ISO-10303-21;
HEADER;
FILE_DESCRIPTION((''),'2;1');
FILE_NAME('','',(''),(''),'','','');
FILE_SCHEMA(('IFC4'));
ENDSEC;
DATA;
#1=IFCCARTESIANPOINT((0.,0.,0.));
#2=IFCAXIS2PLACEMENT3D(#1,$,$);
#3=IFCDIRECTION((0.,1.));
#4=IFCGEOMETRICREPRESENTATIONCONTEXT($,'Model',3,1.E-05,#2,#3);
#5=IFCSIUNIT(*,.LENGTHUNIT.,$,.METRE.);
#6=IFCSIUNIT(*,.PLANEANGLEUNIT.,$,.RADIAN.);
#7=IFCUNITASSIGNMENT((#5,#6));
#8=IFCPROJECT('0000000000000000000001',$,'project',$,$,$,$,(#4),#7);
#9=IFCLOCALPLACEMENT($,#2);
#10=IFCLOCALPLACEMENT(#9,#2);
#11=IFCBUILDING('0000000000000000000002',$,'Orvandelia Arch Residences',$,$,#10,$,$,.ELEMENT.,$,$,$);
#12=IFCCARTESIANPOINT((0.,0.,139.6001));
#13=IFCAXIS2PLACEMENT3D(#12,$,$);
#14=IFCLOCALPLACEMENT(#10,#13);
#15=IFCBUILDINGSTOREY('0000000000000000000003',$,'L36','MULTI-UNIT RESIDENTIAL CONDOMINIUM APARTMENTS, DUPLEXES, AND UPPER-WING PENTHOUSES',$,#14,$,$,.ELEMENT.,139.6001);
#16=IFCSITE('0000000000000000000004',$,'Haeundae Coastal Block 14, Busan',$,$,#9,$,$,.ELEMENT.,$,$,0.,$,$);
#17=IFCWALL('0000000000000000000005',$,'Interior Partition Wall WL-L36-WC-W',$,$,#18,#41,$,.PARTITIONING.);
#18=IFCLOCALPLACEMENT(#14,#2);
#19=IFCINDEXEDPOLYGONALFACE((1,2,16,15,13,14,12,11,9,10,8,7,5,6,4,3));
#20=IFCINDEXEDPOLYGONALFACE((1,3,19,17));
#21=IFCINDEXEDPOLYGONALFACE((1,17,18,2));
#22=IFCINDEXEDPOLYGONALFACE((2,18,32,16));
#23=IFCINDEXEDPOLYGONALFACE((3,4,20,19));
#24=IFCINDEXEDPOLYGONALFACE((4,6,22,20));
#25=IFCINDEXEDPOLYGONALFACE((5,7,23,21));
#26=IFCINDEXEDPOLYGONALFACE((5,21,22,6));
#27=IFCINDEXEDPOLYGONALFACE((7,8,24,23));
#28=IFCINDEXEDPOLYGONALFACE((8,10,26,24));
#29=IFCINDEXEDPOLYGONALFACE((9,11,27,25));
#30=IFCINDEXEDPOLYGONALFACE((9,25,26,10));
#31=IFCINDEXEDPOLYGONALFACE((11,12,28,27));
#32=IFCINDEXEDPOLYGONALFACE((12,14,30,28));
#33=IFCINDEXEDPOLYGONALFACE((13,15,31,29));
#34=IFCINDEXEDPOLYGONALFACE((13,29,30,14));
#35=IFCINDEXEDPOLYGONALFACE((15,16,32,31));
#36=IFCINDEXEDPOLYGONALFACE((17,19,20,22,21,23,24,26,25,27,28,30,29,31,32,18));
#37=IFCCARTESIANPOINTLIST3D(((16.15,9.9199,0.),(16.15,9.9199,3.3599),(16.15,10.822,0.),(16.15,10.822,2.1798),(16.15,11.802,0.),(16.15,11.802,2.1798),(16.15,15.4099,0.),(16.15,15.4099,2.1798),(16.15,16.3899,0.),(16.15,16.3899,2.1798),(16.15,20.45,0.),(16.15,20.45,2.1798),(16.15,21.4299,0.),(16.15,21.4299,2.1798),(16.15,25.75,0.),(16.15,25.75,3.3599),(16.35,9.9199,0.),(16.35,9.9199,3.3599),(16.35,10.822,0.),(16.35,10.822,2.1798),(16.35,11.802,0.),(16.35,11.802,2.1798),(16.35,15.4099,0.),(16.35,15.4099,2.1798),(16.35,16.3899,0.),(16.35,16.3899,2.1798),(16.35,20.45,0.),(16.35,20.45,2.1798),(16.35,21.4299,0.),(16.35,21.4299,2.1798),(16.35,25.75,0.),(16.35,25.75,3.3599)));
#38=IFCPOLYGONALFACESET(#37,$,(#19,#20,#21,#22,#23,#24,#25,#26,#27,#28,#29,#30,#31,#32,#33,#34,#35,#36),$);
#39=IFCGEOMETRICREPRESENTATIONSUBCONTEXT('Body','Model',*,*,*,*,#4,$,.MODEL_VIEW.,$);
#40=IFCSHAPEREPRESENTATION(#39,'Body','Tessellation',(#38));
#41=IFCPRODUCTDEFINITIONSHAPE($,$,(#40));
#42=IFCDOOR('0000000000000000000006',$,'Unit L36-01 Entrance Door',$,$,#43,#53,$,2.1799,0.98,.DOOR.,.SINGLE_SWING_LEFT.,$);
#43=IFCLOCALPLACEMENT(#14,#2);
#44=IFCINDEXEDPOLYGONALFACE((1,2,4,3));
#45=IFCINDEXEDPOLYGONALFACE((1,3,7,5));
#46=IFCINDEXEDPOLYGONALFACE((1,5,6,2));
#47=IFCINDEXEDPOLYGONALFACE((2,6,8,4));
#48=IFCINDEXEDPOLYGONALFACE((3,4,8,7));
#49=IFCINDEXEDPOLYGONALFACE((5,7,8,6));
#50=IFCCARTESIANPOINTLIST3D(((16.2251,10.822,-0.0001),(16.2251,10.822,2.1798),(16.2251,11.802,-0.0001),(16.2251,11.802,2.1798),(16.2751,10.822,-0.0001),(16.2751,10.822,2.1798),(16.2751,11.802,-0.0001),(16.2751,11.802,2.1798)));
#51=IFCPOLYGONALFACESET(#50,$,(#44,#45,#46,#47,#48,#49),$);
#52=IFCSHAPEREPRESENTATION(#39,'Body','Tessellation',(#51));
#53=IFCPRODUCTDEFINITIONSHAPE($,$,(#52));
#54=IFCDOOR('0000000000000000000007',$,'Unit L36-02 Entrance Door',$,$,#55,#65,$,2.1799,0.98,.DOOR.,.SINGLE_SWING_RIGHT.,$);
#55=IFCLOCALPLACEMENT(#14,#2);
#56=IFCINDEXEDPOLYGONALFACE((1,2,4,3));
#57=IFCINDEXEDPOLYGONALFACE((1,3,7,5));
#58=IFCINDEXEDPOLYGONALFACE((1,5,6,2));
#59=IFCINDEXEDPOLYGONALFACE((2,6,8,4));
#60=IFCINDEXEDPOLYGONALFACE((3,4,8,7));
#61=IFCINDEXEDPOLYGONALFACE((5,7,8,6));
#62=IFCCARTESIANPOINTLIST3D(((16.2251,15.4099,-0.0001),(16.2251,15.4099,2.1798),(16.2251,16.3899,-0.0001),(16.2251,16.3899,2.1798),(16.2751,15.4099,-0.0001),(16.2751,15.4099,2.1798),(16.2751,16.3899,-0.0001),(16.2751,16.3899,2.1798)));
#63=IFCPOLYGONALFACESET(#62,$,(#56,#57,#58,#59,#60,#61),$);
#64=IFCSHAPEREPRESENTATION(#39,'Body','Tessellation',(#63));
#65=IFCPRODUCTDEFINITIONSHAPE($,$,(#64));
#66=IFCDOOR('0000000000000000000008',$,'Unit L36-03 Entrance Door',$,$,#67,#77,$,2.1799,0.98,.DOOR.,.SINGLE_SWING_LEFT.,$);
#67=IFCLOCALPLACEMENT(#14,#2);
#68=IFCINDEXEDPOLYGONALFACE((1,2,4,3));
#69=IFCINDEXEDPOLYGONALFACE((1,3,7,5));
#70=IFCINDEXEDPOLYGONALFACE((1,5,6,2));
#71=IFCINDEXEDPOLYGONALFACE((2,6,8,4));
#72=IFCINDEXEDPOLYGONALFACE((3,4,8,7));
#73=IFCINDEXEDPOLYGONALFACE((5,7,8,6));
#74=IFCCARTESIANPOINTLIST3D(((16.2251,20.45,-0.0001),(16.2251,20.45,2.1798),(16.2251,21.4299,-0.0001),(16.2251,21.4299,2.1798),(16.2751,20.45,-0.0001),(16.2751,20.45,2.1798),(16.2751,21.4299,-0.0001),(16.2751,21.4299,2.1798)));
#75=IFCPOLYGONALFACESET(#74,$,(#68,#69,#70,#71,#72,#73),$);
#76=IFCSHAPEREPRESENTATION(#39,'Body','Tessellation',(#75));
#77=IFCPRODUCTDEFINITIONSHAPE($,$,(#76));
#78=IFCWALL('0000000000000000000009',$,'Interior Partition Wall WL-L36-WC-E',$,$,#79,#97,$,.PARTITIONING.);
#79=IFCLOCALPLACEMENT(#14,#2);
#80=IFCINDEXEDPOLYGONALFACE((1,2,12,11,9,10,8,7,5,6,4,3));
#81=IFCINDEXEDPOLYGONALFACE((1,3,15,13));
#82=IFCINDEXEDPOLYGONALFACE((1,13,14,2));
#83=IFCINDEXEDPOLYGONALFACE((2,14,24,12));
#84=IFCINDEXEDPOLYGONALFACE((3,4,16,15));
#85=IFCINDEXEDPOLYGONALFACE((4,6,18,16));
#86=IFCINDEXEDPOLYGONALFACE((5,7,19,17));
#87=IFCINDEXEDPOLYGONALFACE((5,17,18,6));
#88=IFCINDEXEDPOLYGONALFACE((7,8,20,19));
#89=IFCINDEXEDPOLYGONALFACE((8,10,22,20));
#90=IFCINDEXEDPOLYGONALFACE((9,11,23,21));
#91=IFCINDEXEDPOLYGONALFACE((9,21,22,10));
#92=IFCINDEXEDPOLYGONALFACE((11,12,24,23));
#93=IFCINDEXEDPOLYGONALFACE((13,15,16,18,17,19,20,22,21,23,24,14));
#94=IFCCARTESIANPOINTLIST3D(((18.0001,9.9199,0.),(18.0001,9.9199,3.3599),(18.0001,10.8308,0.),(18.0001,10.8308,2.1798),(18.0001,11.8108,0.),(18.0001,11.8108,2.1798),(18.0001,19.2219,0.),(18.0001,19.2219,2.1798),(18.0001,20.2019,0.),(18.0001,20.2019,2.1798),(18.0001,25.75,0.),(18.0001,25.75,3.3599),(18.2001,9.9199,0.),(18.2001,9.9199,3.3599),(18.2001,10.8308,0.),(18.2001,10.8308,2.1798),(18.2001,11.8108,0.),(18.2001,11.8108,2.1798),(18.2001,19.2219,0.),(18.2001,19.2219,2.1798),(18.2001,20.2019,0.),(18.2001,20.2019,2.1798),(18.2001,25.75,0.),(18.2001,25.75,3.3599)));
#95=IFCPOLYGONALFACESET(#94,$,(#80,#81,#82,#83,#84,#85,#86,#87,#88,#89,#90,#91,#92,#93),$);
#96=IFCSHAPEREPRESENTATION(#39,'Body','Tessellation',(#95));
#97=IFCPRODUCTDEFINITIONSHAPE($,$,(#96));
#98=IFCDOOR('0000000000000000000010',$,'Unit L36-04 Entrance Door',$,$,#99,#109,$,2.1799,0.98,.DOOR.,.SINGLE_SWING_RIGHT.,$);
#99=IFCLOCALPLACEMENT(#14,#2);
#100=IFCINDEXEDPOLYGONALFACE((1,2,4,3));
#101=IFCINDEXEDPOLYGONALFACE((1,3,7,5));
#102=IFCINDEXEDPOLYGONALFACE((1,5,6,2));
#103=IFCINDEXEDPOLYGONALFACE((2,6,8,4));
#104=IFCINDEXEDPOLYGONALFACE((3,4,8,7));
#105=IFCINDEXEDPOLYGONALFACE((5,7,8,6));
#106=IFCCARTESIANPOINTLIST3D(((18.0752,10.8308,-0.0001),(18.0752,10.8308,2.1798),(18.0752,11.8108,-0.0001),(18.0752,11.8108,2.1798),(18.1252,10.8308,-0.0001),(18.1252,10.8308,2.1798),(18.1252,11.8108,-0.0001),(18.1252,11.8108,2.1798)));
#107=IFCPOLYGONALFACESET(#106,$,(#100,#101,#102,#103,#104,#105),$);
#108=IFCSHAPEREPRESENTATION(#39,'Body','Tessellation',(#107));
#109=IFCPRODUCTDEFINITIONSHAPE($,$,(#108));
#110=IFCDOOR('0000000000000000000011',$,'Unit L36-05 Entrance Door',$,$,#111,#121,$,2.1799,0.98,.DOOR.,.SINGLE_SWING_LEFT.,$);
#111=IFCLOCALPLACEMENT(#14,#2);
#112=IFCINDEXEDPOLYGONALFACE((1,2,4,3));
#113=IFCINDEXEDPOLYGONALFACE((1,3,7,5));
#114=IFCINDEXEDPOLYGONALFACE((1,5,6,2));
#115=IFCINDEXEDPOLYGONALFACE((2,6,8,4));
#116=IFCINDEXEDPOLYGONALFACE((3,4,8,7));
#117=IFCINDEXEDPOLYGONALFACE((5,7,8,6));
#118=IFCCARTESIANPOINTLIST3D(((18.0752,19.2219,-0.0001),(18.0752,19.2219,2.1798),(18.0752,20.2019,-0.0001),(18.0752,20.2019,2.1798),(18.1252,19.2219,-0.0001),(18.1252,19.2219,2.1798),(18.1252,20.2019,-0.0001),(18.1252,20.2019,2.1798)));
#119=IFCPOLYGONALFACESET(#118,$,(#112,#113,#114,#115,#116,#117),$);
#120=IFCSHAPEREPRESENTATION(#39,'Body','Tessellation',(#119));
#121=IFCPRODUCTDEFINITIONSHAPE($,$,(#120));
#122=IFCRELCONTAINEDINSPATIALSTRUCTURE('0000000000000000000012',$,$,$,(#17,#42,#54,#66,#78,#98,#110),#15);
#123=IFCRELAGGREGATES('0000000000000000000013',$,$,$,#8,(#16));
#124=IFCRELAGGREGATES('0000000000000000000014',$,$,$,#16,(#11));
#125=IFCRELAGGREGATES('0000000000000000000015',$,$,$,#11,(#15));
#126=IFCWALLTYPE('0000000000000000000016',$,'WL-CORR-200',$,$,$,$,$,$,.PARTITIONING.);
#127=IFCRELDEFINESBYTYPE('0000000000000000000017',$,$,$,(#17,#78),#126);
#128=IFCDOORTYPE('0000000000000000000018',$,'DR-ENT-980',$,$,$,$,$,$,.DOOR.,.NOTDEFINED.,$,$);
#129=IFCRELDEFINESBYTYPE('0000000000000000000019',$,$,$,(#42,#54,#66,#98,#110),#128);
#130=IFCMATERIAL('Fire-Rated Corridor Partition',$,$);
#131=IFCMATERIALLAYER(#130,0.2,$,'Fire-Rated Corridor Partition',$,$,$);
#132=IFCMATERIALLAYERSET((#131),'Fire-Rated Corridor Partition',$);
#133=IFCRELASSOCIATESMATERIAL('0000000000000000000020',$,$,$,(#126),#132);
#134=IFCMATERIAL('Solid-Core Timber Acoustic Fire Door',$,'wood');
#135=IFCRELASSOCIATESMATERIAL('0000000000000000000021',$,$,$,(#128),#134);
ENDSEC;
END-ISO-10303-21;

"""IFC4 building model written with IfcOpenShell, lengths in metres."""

from ifc_helpers import new_model, si_unit, direction, frame, frame_2d, origin, place, context, subcontext, project, spatial, rectangle, extrude, material, layer, layer_set, type_object, element, fill, save


model = new_model("IFC4")

# Units and contexts
model_context = context("Model", 3, precision=1e-05, world=origin(), true_north=direction((0.0, 1.0)))
body_context = subcontext(model_context, "Body", "Model", "MODEL_VIEW")
ifc_project = project(units=[si_unit("LENGTHUNIT", "METRE"), si_unit("PLANEANGLEUNIT", "RADIAN")], contexts=[model_context])

# Site, building, storey
site_placement = place(None, origin())
site = spatial("IfcSite", under=ifc_project, at=site_placement, Name="Haeundae Coastal Block 14, Busan", CompositionType="ELEMENT", RefElevation=0.0)
building_placement = place(site_placement, origin())
building = spatial("IfcBuilding", under=site, at=building_placement, Name="Orvandelia Arch Residences", CompositionType="ELEMENT")
storey_placement = place(building_placement, frame((0.0, 0.0, 139.6001)))
storey = spatial("IfcBuildingStorey", under=building, at=storey_placement, Name="L36", Description="MULTI-UNIT RESIDENTIAL CONDOMINIUM APARTMENTS, DUPLEXES, AND UPPER-WING PENTHOUSES", CompositionType="ELEMENT", Elevation=139.6001)

# Walls, openings, doors
ifc_material_1 = material(Name="Fire-Rated Corridor Partition")
ifc_layer_1 = layer(ifc_material_1, 0.2, Name="Fire-Rated Corridor Partition")
ifc_layer_set_1 = layer_set([ifc_layer_1], Name="Fire-Rated Corridor Partition")
wall_type_1 = type_object("IfcWallType", Name="WL-CORR-200", PredefinedType="PARTITIONING", material=ifc_layer_set_1)
wall_1_placement = place(storey_placement, frame((16.25, 9.9199, 0.0), z_axis=(0.0, 0.0, 1.0), x_axis=(0.0, 1.0, 0.0)))
wall_1 = element("IfcWall", 1, at=wall_1_placement, inside=storey, type_object=wall_type_1, Name="Interior Partition Wall WL-L36-WC-W", PredefinedType="PARTITIONING", context=body_context, shape_type="SweptSolid", body=[
    extrude(rectangle(XDim=15.8301, YDim=0.2, at=frame_2d((7.915, 0.0))), origin(), (0.0, 0.0, 1.0), 3.3599),
])
opening_1_placement = place(wall_1_placement, frame((0.9021, 0.0, 0.0)))
opening_1 = element("IfcOpeningElement", 2, at=opening_1_placement, cuts=wall_1, PredefinedType="OPENING", context=body_context, shape_type="SweptSolid", body=[
    extrude(rectangle(XDim=0.98, YDim=2.1799, at=frame_2d((0.49, 1.0898))), frame((0.0, 0.1099, 0.0), z_axis=(0.0, -1.0, 0.0), x_axis=(1.0, 0.0, 0.0)), (0.0, 0.0, 1.0), 0.22),
])
opening_2_placement = place(wall_1_placement, frame((5.49, 0.0, 0.0)))
opening_2 = element("IfcOpeningElement", 3, at=opening_2_placement, cuts=wall_1, PredefinedType="OPENING", context=body_context, shape_type="SweptSolid", body=[
    extrude(rectangle(XDim=0.98, YDim=2.1799, at=frame_2d((0.49, 1.0898))), frame((0.0, 0.1099, 0.0), z_axis=(0.0, -1.0, 0.0), x_axis=(1.0, 0.0, 0.0)), (0.0, 0.0, 1.0), 0.22),
])
opening_3_placement = place(wall_1_placement, frame((10.53, 0.0, 0.0)))
opening_3 = element("IfcOpeningElement", 4, at=opening_3_placement, cuts=wall_1, PredefinedType="OPENING", context=body_context, shape_type="SweptSolid", body=[
    extrude(rectangle(XDim=0.98, YDim=2.1799, at=frame_2d((0.49, 1.0898))), frame((0.0, 0.1099, 0.0), z_axis=(0.0, -1.0, 0.0), x_axis=(1.0, 0.0, 0.0)), (0.0, 0.0, 1.0), 0.22),
])
ifc_material_2 = material(Name="Solid-Core Timber Acoustic Fire Door", Category="wood")
door_type_1 = type_object("IfcDoorType", Name="DR-ENT-980", OperationType="NOTDEFINED", PredefinedType="DOOR", material=ifc_material_2)
door_1_placement = place(opening_1_placement, origin())
door_1 = element("IfcDoor", 5, at=door_1_placement, inside=storey, type_object=door_type_1, Name="Unit L36-01 Entrance Door", OperationType="SINGLE_SWING_LEFT", OverallHeight=2.1799, OverallWidth=0.98, PredefinedType="DOOR", context=body_context, shape_type="SweptSolid", body=[
    extrude(rectangle(XDim=0.98, YDim=2.1799, at=frame_2d((0.49, 1.0898))), frame((0.0, 0.0249, 0.0), z_axis=(0.0, -1.0, 0.0), x_axis=(1.0, 0.0, 0.0)), (0.0, 0.0, 1.0), 0.05),
])
fill(opening_1, door_1)
door_2_placement = place(opening_2_placement, origin())
door_2 = element("IfcDoor", 6, at=door_2_placement, inside=storey, type_object=door_type_1, Name="Unit L36-02 Entrance Door", OperationType="SINGLE_SWING_RIGHT", OverallHeight=2.1799, OverallWidth=0.98, PredefinedType="DOOR", context=body_context, shape_type="SweptSolid", body=[
    extrude(rectangle(XDim=0.98, YDim=2.1799, at=frame_2d((0.49, 1.0898))), frame((0.0, 0.0249, 0.0), z_axis=(0.0, -1.0, 0.0), x_axis=(1.0, 0.0, 0.0)), (0.0, 0.0, 1.0), 0.05),
])
fill(opening_2, door_2)
door_3_placement = place(opening_3_placement, origin())
door_3 = element("IfcDoor", 7, at=door_3_placement, inside=storey, type_object=door_type_1, Name="Unit L36-03 Entrance Door", OperationType="SINGLE_SWING_LEFT", OverallHeight=2.1799, OverallWidth=0.98, PredefinedType="DOOR", context=body_context, shape_type="SweptSolid", body=[
    extrude(rectangle(XDim=0.98, YDim=2.1799, at=frame_2d((0.49, 1.0898))), frame((0.0, 0.0249, 0.0), z_axis=(0.0, -1.0, 0.0), x_axis=(1.0, 0.0, 0.0)), (0.0, 0.0, 1.0), 0.05),
])
fill(opening_3, door_3)
wall_2_placement = place(storey_placement, frame((18.1001, 9.9199, 0.0), z_axis=(0.0, 0.0, 1.0), x_axis=(0.0, 1.0, 0.0)))
wall_2 = element("IfcWall", 8, at=wall_2_placement, inside=storey, type_object=wall_type_1, Name="Interior Partition Wall WL-L36-WC-E", PredefinedType="PARTITIONING", context=body_context, shape_type="SweptSolid", body=[
    extrude(rectangle(XDim=15.8301, YDim=0.2, at=frame_2d((7.915, 0.0))), origin(), (0.0, 0.0, 1.0), 3.3599),
])
opening_4_placement = place(wall_2_placement, frame((0.9109, 0.0, 0.0)))
opening_4 = element("IfcOpeningElement", 9, at=opening_4_placement, cuts=wall_2, PredefinedType="OPENING", context=body_context, shape_type="SweptSolid", body=[
    extrude(rectangle(XDim=0.98, YDim=2.1799, at=frame_2d((0.49, 1.0898))), frame((0.0, 0.1099, 0.0), z_axis=(0.0, -1.0, 0.0), x_axis=(1.0, 0.0, 0.0)), (0.0, 0.0, 1.0), 0.22),
])
opening_5_placement = place(wall_2_placement, frame((9.302, 0.0, 0.0)))
opening_5 = element("IfcOpeningElement", 10, at=opening_5_placement, cuts=wall_2, PredefinedType="OPENING", context=body_context, shape_type="SweptSolid", body=[
    extrude(rectangle(XDim=0.98, YDim=2.1799, at=frame_2d((0.49, 1.0898))), frame((0.0, 0.1099, 0.0), z_axis=(0.0, -1.0, 0.0), x_axis=(1.0, 0.0, 0.0)), (0.0, 0.0, 1.0), 0.22),
])
door_4_placement = place(opening_4_placement, origin())
door_4 = element("IfcDoor", 11, at=door_4_placement, inside=storey, type_object=door_type_1, Name="Unit L36-04 Entrance Door", OperationType="SINGLE_SWING_RIGHT", OverallHeight=2.1799, OverallWidth=0.98, PredefinedType="DOOR", context=body_context, shape_type="SweptSolid", body=[
    extrude(rectangle(XDim=0.98, YDim=2.1799, at=frame_2d((0.49, 1.0898))), frame((0.0, 0.0249, 0.0), z_axis=(0.0, -1.0, 0.0), x_axis=(1.0, 0.0, 0.0)), (0.0, 0.0, 1.0), 0.05),
])
fill(opening_4, door_4)
door_5_placement = place(opening_5_placement, origin())
door_5 = element("IfcDoor", 12, at=door_5_placement, inside=storey, type_object=door_type_1, Name="Unit L36-05 Entrance Door", OperationType="SINGLE_SWING_LEFT", OverallHeight=2.1799, OverallWidth=0.98, PredefinedType="DOOR", context=body_context, shape_type="SweptSolid", body=[
    extrude(rectangle(XDim=0.98, YDim=2.1799, at=frame_2d((0.49, 1.0898))), frame((0.0, 0.0249, 0.0), z_axis=(0.0, -1.0, 0.0), x_axis=(1.0, 0.0, 0.0)), (0.0, 0.0, 1.0), 0.05),
])
fill(opening_5, door_5)

save(model, "model.ifc")
